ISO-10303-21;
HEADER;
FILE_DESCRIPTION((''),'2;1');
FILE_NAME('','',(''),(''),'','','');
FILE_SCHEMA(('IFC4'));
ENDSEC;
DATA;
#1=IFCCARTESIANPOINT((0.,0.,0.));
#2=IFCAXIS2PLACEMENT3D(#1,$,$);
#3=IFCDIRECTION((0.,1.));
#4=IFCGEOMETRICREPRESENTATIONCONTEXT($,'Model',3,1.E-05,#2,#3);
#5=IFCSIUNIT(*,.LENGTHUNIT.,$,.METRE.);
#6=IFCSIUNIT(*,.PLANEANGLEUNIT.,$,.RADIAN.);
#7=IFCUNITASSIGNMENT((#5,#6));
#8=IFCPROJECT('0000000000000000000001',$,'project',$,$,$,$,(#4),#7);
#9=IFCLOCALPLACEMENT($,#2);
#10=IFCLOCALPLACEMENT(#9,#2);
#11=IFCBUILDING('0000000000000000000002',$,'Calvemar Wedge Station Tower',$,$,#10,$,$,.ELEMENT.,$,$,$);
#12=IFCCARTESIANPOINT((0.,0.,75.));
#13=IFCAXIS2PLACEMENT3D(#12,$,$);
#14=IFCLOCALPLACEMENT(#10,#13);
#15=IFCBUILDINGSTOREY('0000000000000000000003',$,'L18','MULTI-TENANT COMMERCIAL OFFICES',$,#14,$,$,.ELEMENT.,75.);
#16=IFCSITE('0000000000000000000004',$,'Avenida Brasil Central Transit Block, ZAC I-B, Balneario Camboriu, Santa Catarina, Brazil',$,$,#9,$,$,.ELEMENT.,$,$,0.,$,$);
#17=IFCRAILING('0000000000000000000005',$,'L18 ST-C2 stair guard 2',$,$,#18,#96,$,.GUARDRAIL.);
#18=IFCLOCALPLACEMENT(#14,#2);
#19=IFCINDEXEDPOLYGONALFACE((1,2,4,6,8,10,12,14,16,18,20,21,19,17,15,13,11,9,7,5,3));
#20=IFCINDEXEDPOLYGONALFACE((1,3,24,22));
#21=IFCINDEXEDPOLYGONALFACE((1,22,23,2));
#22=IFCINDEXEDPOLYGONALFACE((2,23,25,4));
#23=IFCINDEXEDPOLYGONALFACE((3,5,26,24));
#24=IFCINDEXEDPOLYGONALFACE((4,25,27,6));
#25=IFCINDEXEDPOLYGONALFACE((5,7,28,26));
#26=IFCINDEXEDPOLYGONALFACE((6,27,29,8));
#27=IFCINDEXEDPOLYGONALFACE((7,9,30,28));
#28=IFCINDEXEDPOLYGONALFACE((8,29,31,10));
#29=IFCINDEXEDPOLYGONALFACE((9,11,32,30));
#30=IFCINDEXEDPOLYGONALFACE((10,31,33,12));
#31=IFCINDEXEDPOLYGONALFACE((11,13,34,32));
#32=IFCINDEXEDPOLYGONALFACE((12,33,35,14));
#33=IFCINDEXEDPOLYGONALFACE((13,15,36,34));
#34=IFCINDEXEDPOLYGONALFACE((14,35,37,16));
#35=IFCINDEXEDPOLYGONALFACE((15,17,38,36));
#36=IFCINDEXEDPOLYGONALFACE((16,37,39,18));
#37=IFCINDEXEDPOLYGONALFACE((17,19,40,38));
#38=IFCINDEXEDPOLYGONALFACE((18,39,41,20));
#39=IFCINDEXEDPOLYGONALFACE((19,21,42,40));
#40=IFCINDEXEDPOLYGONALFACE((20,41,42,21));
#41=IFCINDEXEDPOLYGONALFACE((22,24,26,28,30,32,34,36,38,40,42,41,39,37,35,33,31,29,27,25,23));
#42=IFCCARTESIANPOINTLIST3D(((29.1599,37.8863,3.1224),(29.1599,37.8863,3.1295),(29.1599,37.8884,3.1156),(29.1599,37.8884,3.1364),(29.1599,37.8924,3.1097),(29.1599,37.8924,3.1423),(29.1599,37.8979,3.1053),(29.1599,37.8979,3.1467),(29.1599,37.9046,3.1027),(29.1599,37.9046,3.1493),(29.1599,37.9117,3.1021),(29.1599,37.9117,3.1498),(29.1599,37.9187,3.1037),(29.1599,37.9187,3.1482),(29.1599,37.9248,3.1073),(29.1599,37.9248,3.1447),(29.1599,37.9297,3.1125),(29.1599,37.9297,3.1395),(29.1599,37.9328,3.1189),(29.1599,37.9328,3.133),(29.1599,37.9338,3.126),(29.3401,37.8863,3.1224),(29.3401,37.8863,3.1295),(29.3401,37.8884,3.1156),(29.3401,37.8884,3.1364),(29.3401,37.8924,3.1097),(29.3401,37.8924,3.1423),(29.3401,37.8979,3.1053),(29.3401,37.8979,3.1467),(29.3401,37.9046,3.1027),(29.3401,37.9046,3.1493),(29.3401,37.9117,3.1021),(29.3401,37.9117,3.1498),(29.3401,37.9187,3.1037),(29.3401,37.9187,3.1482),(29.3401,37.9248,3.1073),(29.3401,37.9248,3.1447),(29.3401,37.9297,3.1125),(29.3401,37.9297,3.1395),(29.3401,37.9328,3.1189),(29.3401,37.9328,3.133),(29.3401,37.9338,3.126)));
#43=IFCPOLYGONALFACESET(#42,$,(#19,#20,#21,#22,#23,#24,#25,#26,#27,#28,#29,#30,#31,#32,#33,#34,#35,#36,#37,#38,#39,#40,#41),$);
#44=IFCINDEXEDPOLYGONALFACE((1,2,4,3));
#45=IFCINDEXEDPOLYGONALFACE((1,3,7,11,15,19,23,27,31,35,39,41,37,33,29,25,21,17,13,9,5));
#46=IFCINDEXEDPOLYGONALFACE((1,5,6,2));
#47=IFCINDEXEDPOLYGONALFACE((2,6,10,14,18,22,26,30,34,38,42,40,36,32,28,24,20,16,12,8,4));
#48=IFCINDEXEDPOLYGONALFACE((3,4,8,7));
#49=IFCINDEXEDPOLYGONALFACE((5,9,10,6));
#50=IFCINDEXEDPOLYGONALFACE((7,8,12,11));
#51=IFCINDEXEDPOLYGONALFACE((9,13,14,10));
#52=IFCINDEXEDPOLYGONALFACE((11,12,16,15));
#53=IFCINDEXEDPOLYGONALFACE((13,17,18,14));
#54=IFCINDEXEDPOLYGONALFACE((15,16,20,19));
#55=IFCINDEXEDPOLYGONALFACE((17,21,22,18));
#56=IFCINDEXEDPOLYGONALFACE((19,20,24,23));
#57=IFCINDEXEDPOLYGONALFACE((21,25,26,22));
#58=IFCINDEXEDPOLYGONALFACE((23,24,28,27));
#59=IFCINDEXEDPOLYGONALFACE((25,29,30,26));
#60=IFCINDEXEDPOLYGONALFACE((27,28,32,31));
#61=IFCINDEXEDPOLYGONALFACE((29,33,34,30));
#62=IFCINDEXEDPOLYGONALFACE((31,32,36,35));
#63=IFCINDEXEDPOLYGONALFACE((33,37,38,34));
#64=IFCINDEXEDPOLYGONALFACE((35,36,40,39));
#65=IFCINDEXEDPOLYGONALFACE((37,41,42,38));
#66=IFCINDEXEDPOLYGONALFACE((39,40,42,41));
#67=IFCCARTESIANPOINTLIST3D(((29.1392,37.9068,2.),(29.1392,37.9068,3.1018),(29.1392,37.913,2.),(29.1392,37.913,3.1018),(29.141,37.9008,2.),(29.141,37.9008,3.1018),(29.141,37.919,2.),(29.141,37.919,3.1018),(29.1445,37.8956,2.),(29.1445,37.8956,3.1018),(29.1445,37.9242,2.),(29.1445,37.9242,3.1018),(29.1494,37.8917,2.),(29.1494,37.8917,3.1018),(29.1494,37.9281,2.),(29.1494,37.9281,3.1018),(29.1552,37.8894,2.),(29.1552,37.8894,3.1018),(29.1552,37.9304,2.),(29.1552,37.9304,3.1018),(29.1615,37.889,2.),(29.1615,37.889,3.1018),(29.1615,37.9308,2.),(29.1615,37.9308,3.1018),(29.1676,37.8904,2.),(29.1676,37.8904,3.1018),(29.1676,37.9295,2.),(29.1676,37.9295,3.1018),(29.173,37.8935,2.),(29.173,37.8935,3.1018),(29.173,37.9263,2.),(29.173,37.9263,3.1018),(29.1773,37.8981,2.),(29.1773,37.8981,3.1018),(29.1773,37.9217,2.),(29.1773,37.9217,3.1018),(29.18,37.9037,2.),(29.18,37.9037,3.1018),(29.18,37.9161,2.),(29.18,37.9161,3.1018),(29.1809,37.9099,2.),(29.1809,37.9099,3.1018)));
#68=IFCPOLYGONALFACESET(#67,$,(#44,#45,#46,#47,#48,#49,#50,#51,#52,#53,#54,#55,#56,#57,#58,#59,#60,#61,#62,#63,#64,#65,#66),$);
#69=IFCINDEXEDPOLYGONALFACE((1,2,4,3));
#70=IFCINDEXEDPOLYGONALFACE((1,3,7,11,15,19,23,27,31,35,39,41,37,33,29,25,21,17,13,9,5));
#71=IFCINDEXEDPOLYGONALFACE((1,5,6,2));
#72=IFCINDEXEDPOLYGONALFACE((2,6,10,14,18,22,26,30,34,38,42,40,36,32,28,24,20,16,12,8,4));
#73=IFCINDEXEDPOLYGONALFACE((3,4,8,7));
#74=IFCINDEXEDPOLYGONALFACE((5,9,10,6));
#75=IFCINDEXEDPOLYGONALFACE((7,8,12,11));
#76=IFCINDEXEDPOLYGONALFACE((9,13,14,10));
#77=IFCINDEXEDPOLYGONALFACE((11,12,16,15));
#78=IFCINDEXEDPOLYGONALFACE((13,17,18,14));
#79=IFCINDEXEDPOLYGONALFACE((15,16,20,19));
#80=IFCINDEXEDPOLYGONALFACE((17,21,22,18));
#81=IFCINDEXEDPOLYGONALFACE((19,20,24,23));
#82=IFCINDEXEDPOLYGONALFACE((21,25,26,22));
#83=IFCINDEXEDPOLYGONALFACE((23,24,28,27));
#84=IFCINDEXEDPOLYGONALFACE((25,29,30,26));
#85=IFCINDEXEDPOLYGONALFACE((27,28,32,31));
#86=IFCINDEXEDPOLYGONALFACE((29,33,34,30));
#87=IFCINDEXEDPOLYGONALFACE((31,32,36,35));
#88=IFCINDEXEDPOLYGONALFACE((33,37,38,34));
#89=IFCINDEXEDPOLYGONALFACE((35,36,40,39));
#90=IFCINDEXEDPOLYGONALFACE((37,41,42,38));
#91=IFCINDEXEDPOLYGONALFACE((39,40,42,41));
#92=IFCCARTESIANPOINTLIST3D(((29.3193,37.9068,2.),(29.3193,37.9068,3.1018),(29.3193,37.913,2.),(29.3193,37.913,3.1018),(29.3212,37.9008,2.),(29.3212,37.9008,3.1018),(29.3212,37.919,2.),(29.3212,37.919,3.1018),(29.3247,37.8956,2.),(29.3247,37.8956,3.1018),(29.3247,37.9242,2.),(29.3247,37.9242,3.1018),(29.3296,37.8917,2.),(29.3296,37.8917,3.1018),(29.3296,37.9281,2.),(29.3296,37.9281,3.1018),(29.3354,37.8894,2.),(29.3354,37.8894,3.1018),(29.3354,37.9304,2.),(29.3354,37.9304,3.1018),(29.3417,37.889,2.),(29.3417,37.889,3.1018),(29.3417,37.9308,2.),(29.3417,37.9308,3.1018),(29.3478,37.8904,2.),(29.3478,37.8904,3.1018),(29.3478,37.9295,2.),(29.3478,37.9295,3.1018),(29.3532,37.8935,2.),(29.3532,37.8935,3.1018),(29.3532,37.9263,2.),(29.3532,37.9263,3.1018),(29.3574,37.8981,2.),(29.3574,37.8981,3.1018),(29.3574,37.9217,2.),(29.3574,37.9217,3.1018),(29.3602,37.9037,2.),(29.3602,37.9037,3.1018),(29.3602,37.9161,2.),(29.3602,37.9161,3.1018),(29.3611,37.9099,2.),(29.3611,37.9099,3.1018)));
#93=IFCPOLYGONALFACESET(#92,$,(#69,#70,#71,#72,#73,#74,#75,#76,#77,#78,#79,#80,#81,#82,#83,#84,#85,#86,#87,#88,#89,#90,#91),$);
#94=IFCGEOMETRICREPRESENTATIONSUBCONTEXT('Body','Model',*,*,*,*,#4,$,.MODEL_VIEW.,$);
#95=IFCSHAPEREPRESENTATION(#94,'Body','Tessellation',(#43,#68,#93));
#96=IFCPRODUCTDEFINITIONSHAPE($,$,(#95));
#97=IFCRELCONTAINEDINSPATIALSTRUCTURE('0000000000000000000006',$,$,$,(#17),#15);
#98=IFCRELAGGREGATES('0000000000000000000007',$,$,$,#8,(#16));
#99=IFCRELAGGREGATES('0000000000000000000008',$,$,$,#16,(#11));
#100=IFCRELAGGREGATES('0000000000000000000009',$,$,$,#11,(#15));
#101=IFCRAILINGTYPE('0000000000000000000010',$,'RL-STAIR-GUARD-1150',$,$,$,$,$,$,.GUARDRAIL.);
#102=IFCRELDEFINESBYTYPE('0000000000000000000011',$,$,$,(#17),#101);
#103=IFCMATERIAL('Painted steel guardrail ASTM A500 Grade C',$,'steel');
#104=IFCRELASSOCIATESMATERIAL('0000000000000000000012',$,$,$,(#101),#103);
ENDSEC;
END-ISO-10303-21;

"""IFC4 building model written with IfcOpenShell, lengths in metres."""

from ifc_helpers import new_model, si_unit, direction, frame, origin, origin_2d, place, context, subcontext, project, spatial, circle, extrude, material, type_object, element, save


model = new_model("IFC4")

# Units and contexts
model_context = context("Model", 3, precision=1e-05, world=origin(), true_north=direction((0.0, 1.0)))
body_context = subcontext(model_context, "Body", "Model", "MODEL_VIEW")
ifc_project = project(units=[si_unit("LENGTHUNIT", "METRE"), si_unit("PLANEANGLEUNIT", "RADIAN")], contexts=[model_context])

# Site, building, storey
site_placement = place(None, origin())
site = spatial("IfcSite", under=ifc_project, at=site_placement, Name="Avenida Brasil Central Transit Block, ZAC I-B, Balneario Camboriu, Santa Catarina, Brazil", CompositionType="ELEMENT", RefElevation=0.0)
building_placement = place(site_placement, origin())
building = spatial("IfcBuilding", under=site, at=building_placement, Name="Calvemar Wedge Station Tower", CompositionType="ELEMENT")
storey_placement = place(building_placement, frame((0.0, 0.0, 75.0)))
storey = spatial("IfcBuildingStorey", under=building, at=storey_placement, Name="L18", Description="MULTI-TENANT COMMERCIAL OFFICES", CompositionType="ELEMENT", Elevation=75.0)

# Railing
ifc_material_1 = material(Name="Painted steel guardrail ASTM A500 Grade C", Category="steel")
railing_type_1 = type_object("IfcRailingType", Name="RL-STAIR-GUARD-1150", PredefinedType="GUARDRAIL", material=ifc_material_1)
railing_1_placement = place(storey_placement, frame((29.1599, 37.9099, 2.0)))
element("IfcRailing", 1, at=railing_1_placement, inside=storey, type_object=railing_type_1, Name="L18 ST-C2 stair guard 2", PredefinedType="GUARDRAIL", context=body_context, shape_type="SweptSolid", body=[
    extrude(circle(Radius=0.0239, at=origin_2d()), frame((0.0, 0.0, 1.126), z_axis=(1.0, 0.0, 0.0), x_axis=(0.0, 1.0, 0.0)), (0.0, 0.0, 1.0), 0.1802),
    extrude(circle(Radius=0.021, at=origin_2d()), origin(), (0.0, 0.0, 1.0), 1.1018),
    extrude(circle(Radius=0.021, at=origin_2d()), frame((0.1802, 0.0, 0.0)), (0.0, 0.0, 1.0), 1.1018),
])

save(model, "model.ifc")
